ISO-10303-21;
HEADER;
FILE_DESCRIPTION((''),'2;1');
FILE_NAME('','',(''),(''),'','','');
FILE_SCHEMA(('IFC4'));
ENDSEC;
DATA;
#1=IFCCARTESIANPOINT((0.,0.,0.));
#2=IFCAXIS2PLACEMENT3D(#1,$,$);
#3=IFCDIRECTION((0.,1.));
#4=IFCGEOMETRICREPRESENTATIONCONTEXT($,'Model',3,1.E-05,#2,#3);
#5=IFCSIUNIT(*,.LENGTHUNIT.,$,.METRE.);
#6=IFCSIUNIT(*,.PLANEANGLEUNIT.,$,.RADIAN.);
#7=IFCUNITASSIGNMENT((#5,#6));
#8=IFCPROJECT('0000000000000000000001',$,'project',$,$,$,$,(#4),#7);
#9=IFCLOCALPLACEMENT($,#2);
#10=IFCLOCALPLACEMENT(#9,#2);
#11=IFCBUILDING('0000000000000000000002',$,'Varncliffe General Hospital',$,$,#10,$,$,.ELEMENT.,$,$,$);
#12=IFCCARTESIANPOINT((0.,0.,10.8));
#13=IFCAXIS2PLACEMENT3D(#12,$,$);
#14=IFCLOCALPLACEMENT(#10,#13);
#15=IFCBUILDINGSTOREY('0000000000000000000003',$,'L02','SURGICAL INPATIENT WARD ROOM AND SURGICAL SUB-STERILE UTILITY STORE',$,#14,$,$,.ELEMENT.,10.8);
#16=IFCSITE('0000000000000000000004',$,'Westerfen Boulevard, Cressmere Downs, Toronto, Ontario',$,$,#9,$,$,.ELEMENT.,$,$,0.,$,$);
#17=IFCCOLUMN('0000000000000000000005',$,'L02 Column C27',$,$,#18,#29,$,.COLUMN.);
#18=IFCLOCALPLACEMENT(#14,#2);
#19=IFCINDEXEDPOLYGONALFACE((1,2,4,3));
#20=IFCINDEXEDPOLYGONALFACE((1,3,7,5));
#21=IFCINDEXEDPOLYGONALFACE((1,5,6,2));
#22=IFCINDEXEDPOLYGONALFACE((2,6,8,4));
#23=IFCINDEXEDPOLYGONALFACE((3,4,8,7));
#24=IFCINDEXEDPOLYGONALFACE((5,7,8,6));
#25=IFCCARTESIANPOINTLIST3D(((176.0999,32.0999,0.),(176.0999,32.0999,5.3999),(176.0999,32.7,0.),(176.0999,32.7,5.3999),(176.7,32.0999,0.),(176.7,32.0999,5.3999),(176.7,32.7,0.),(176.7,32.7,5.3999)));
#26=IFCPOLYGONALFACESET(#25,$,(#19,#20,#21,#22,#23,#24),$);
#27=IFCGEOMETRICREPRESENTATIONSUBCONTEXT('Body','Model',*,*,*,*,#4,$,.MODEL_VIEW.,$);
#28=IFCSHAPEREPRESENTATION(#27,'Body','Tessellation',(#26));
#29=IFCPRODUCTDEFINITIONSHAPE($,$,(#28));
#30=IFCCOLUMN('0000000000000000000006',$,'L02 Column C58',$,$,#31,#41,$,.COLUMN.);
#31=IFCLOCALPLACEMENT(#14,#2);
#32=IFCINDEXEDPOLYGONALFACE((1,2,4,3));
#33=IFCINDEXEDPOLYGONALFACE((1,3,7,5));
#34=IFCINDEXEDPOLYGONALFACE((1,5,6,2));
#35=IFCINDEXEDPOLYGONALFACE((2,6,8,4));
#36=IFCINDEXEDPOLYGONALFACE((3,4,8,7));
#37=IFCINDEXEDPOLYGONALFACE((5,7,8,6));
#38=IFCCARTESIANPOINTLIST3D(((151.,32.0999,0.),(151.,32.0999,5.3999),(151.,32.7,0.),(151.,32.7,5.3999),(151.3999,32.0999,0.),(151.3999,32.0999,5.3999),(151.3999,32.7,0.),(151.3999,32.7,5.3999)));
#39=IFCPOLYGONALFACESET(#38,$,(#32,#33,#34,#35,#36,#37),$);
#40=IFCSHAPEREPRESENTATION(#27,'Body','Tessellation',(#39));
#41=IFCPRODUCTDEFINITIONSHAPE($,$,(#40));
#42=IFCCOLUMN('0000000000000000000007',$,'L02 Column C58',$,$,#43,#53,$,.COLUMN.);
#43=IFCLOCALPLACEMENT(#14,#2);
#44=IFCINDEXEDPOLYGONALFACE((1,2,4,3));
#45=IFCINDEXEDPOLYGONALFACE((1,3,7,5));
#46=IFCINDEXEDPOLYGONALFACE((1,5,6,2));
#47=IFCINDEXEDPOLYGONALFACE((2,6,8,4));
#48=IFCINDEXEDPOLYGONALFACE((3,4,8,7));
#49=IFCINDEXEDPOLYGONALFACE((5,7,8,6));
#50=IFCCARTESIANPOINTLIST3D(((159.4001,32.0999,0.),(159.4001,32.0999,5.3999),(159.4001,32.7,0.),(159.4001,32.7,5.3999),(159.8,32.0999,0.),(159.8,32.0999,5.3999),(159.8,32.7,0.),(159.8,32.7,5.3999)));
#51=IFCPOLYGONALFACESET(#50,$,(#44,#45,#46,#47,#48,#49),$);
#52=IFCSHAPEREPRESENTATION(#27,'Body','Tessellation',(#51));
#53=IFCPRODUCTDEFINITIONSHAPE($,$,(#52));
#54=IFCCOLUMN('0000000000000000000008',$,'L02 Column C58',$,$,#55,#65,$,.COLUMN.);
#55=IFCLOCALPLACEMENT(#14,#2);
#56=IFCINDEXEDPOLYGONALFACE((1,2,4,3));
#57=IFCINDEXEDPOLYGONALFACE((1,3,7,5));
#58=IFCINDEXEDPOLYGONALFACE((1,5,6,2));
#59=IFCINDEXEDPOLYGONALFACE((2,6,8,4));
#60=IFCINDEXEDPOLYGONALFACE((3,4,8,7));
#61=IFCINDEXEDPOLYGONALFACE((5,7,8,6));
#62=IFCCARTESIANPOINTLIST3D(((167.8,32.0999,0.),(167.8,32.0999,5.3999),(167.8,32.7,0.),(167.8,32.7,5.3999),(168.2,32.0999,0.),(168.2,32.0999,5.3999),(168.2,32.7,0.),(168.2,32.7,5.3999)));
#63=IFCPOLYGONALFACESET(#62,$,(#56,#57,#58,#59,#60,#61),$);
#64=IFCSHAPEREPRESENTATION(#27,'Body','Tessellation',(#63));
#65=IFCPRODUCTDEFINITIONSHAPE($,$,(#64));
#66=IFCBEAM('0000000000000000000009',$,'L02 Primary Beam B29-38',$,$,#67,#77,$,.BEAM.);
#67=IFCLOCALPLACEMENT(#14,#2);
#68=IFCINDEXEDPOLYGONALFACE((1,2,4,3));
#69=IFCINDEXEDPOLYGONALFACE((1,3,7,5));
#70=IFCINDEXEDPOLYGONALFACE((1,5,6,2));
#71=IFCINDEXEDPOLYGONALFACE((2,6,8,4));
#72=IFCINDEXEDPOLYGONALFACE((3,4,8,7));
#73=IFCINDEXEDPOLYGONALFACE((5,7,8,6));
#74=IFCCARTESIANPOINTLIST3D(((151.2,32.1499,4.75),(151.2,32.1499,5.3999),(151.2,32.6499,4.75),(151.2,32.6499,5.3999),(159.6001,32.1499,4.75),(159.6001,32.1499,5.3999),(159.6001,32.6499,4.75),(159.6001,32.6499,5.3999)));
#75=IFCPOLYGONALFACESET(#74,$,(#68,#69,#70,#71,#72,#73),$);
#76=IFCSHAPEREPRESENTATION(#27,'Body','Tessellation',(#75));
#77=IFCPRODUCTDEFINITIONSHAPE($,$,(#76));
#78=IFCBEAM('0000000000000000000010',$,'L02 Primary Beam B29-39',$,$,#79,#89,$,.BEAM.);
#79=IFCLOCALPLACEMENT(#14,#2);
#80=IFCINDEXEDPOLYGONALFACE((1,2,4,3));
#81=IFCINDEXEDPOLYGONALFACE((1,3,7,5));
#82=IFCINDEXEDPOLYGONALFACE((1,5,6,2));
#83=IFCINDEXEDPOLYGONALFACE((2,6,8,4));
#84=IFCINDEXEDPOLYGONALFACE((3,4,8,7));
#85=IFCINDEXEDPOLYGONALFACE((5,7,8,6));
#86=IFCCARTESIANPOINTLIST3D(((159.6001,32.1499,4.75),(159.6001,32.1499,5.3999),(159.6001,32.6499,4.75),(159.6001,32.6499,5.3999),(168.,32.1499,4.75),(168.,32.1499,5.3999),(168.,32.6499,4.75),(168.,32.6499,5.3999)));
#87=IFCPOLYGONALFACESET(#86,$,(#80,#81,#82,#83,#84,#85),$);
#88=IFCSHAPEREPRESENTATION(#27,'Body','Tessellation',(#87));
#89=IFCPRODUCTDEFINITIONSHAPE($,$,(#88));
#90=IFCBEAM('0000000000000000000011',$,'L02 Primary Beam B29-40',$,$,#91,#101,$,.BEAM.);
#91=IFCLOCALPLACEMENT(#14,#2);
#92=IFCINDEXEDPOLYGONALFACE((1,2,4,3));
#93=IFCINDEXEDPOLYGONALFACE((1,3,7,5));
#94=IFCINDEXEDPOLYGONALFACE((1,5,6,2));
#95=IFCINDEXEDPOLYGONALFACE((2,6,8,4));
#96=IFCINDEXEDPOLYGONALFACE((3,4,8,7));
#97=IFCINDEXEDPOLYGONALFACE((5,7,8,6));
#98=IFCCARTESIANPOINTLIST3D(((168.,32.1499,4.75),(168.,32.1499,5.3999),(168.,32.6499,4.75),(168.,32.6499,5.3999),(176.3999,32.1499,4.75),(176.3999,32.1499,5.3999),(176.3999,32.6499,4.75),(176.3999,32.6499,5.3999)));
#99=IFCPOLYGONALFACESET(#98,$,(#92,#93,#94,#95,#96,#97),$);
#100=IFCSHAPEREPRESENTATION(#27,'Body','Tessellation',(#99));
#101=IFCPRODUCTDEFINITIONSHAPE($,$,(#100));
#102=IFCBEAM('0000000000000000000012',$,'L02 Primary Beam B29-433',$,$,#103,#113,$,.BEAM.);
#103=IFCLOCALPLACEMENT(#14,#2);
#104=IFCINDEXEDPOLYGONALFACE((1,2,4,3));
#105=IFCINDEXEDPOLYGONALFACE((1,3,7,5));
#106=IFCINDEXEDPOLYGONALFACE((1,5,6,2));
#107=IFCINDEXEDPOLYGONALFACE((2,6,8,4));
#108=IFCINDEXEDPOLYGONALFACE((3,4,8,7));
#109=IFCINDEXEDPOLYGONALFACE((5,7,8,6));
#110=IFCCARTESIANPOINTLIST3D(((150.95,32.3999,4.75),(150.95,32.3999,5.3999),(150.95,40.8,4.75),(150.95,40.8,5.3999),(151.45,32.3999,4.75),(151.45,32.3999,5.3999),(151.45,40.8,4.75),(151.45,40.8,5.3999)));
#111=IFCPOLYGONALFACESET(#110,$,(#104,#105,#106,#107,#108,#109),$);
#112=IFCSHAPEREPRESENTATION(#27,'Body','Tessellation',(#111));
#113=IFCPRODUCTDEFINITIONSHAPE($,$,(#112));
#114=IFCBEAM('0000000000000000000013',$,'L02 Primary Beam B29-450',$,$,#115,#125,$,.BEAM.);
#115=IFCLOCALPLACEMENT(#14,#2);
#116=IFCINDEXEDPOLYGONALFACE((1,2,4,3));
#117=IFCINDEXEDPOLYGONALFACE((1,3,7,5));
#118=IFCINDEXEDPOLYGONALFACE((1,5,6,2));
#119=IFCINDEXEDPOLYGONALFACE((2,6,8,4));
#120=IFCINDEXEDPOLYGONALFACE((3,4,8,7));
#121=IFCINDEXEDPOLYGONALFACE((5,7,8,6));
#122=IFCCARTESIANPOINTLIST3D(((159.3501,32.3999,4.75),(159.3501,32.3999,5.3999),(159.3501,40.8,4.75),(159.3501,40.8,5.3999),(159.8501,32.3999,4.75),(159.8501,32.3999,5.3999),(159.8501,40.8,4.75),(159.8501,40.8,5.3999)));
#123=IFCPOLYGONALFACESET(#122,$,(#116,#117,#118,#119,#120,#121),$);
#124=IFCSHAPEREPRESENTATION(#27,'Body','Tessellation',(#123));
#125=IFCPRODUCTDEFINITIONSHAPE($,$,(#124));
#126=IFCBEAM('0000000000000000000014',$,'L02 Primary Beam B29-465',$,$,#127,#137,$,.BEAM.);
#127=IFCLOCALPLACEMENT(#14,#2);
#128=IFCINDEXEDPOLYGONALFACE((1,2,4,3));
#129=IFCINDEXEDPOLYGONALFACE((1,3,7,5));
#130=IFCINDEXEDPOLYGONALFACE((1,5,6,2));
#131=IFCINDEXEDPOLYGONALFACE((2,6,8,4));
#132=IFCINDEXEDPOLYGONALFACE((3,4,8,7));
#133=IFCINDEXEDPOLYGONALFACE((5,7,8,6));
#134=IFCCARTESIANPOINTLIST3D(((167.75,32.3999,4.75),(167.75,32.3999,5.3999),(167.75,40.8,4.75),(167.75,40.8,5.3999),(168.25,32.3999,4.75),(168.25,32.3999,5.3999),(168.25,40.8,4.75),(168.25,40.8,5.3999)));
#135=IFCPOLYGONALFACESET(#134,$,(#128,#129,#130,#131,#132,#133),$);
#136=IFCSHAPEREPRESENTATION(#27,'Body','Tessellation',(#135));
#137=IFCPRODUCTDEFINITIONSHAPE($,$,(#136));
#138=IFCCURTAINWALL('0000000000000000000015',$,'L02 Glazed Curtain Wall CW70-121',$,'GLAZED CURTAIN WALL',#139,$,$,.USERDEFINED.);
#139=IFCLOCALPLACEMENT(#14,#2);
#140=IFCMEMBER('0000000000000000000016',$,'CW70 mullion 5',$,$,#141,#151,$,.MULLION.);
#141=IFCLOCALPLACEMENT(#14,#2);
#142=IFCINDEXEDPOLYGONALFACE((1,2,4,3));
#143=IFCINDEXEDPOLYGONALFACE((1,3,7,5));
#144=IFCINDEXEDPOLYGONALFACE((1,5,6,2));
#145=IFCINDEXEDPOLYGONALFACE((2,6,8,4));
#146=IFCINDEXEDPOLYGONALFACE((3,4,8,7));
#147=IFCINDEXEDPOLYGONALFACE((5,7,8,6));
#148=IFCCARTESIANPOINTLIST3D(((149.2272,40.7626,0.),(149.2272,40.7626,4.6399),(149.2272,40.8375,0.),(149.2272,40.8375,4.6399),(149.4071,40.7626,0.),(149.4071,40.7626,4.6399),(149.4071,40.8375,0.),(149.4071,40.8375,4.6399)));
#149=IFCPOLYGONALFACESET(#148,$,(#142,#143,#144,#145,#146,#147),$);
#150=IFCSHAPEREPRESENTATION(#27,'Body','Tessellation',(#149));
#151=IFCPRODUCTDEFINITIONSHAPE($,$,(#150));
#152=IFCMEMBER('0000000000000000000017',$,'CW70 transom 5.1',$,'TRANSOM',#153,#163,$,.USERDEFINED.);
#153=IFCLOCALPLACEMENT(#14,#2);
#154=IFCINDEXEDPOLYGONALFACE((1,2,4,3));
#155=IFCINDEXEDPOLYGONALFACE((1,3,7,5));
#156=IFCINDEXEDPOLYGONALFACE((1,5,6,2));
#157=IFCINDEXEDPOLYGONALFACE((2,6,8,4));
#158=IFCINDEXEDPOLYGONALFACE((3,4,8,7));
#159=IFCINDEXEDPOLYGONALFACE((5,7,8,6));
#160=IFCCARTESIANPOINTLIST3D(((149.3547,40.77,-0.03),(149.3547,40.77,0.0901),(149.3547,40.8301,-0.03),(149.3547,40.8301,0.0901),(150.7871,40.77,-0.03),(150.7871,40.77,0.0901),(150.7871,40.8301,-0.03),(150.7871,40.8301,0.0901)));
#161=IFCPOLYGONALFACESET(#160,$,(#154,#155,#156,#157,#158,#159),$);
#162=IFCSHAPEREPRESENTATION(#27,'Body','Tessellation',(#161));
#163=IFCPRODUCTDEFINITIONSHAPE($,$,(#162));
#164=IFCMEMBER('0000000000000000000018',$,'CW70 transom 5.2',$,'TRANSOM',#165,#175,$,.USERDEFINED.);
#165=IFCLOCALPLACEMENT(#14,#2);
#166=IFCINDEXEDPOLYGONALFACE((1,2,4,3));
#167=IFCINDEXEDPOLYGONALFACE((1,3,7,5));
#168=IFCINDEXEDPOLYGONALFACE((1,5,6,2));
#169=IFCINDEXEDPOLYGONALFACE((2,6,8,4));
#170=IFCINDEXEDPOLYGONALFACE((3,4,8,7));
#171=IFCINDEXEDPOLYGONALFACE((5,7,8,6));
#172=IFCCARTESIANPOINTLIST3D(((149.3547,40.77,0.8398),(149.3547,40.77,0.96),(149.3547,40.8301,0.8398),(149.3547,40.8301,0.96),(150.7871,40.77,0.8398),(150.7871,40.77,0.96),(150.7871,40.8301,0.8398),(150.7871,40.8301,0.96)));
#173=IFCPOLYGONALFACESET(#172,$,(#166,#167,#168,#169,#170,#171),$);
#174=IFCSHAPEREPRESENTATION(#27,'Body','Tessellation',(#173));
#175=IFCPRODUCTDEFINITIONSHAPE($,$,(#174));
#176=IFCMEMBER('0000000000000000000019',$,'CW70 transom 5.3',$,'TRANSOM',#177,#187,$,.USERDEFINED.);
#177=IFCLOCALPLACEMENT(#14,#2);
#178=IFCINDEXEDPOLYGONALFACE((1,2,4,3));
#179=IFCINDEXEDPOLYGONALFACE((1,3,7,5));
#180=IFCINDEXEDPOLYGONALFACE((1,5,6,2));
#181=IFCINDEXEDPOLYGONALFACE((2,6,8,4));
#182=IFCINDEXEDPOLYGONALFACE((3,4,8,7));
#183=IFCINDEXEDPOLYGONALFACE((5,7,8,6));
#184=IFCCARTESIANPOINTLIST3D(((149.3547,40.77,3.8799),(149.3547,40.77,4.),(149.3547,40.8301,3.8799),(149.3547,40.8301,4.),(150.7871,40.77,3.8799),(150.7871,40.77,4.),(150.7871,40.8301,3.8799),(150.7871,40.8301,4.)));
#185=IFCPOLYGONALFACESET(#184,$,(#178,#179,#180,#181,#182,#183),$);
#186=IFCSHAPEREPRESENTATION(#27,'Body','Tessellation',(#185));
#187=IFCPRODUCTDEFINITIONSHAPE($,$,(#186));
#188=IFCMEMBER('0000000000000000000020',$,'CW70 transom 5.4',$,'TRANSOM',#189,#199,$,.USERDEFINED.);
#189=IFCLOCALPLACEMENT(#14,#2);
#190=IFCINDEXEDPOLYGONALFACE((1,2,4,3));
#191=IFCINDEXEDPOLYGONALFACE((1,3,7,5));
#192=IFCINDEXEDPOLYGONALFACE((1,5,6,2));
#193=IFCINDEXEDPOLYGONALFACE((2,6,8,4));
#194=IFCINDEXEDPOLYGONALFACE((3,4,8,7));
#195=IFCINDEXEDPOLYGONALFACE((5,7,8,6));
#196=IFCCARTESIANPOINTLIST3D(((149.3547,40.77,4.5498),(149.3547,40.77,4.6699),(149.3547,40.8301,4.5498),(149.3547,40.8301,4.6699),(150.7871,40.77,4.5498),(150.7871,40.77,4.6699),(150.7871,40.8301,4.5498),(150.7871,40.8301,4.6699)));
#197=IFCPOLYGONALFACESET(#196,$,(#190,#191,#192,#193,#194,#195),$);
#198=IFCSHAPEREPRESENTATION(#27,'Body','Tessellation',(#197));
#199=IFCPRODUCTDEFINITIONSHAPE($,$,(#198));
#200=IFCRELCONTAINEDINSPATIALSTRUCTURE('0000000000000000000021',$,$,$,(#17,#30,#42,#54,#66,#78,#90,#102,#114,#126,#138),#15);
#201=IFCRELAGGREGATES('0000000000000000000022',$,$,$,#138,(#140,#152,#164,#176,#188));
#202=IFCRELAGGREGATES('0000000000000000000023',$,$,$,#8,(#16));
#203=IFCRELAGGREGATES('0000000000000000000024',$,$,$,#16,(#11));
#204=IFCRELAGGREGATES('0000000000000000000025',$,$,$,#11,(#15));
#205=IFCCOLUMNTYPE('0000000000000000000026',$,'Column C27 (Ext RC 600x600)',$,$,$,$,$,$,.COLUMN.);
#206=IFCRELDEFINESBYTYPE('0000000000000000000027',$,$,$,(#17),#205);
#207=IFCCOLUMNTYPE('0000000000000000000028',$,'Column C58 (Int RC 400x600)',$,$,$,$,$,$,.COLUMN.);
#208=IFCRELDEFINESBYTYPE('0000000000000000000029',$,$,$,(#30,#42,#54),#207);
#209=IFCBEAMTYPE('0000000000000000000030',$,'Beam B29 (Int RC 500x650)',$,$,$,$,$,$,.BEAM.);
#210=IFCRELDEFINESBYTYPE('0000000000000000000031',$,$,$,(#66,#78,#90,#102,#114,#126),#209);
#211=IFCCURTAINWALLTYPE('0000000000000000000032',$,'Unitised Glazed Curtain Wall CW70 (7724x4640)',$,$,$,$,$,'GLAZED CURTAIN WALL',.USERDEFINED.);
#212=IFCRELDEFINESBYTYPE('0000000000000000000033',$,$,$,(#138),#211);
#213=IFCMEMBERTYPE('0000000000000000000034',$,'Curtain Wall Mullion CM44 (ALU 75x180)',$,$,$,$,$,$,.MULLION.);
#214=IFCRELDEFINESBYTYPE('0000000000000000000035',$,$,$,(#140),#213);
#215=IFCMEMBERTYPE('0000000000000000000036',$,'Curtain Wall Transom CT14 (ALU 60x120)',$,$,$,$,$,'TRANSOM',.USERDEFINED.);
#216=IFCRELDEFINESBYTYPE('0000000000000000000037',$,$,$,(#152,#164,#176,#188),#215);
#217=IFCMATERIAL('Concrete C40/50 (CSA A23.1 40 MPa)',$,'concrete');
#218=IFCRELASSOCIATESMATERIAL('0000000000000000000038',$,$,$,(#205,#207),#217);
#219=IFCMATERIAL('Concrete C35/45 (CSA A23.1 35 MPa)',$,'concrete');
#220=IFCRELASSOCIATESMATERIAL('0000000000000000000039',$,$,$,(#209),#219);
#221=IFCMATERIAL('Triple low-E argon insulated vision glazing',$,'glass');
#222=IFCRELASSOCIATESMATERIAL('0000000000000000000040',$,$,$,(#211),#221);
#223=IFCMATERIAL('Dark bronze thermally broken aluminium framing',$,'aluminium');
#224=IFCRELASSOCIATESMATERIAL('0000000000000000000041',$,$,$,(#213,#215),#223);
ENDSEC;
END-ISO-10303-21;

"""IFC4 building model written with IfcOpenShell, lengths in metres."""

from ifc_helpers import new_model, si_unit, direction, frame, origin, origin_2d, place, context, subcontext, project, spatial, rectangle, extrude, material, material_profile, profile_set, type_object, element, aggregate, save


model = new_model("IFC4")

# Units and contexts
model_context = context("Model", 3, precision=1e-05, world=origin(), true_north=direction((0.0, 1.0)))
body_context = subcontext(model_context, "Body", "Model", "MODEL_VIEW")
ifc_project = project(units=[si_unit("LENGTHUNIT", "METRE"), si_unit("PLANEANGLEUNIT", "RADIAN")], contexts=[model_context])

# Site, building, storey
site_placement = place(None, origin())
site = spatial("IfcSite", under=ifc_project, at=site_placement, Name="Westerfen Boulevard, Cressmere Downs, Toronto, Ontario", CompositionType="ELEMENT", RefElevation=0.0)
building_placement = place(site_placement, origin())
building = spatial("IfcBuilding", under=site, at=building_placement, Name="Varncliffe General Hospital", CompositionType="ELEMENT")
storey_placement = place(building_placement, frame((0.0, 0.0, 10.8)))
storey = spatial("IfcBuildingStorey", under=building, at=storey_placement, Name="L02", Description="SURGICAL INPATIENT WARD ROOM AND SURGICAL SUB-STERILE UTILITY STORE", CompositionType="ELEMENT", Elevation=10.8)

# Columns
ifc_material_1 = material(Name="Concrete C40/50 (CSA A23.1 40 MPa)", Category="concrete")
ifc_material_profile_1 = material_profile(ifc_material_1, rectangle(XDim=0.6001, YDim=0.6001, at=origin_2d()), Name="RC 600x600")
ifc_profile_set_1 = profile_set([ifc_material_profile_1], Name="Concrete C40/50 (CSA A23.1 40 MPa)")
column_type_1 = type_object("IfcColumnType", Name="Column C27 (Ext RC 600x600)", PredefinedType="COLUMN", material=ifc_profile_set_1)
column_placement = place(storey_placement, frame((176.3999, 32.3999, 0.0), z_axis=(0.0, 0.0, 1.0), x_axis=(1.0, 0.0, 0.0)))
element("IfcColumn", 1, at=column_placement, inside=storey, type_object=column_type_1, Name="L02 Column C27", PredefinedType="COLUMN", context=body_context, shape_type="SweptSolid", body=[
    extrude(rectangle(XDim=0.6001, YDim=0.6001, at=origin_2d()), origin(), (0.0, 0.0, 1.0), 5.3999),
])
ifc_material_profile_2 = material_profile(ifc_material_1, rectangle(XDim=0.3999, YDim=0.6001, at=origin_2d()), Name="RC 400x600")
ifc_profile_set_2 = profile_set([ifc_material_profile_2], Name="Concrete C40/50 (CSA A23.1 40 MPa)")
column_type_2 = type_object("IfcColumnType", Name="Column C58 (Int RC 400x600)", PredefinedType="COLUMN", material=ifc_profile_set_2)
for number, where, z_axis, x_axis, name in (
    (2, (151.2, 32.3999, 0.0), (0.0, 0.0, 1.0), (1.0, 0.0, 0.0), "L02 Column C58"),
    (3, (159.6001, 32.3999, 0.0), (0.0, 0.0, 1.0), (1.0, 0.0, 0.0), "L02 Column C58"),
    (4, (168.0, 32.3999, 0.0), (0.0, 0.0, 1.0), (1.0, 0.0, 0.0), "L02 Column C58"),
):
    element("IfcColumn", number, at=place(storey_placement, frame(where, z_axis=z_axis, x_axis=x_axis)), inside=storey, type_object=column_type_2, Name=name, PredefinedType="COLUMN", context=body_context, shape_type="SweptSolid", body=[
        extrude(rectangle(XDim=0.3999, YDim=0.6001, at=origin_2d()), origin(), (0.0, 0.0, 1.0), 5.3999),
    ])

# Beams
ifc_material_2 = material(Name="Concrete C35/45 (CSA A23.1 35 MPa)", Category="concrete")
ifc_material_profile_3 = material_profile(ifc_material_2, rectangle(XDim=0.5, YDim=0.6499, at=origin_2d()), Name="RC 500x650")
ifc_profile_set_3 = profile_set([ifc_material_profile_3], Name="Concrete C35/45 (CSA A23.1 35 MPa)")
beam_type_1 = type_object("IfcBeamType", Name="Beam B29 (Int RC 500x650)", PredefinedType="BEAM", material=ifc_profile_set_3)
beam_1_placement = place(storey_placement, frame((151.2, 32.3999, 5.075), z_axis=(1.0, 0.0, 0.0), x_axis=(0.0, 1.0, 0.0)))
element("IfcBeam", 5, at=beam_1_placement, inside=storey, type_object=beam_type_1, Name="L02 Primary Beam B29-38", PredefinedType="BEAM", context=body_context, shape_type="SweptSolid", body=[
    extrude(rectangle(XDim=0.5, YDim=0.6499, at=origin_2d()), origin(), (0.0, 0.0, 1.0), 8.4001),
])
for number, where, z_axis, x_axis, name in (
    (6, (159.6001, 32.3999, 5.075), (1.0, 0.0, 0.0), (0.0, 1.0, 0.0), "L02 Primary Beam B29-39"),
    (7, (168.0, 32.3999, 5.075), (1.0, 0.0, 0.0), (0.0, 1.0, 0.0), "L02 Primary Beam B29-40"),
):
    element("IfcBeam", number, at=place(storey_placement, frame(where, z_axis=z_axis, x_axis=x_axis)), inside=storey, type_object=beam_type_1, Name=name, PredefinedType="BEAM", context=body_context, shape_type="SweptSolid", body=[
        extrude(rectangle(XDim=0.5, YDim=0.6499, at=origin_2d()), origin(), (0.0, 0.0, 1.0), 8.3999),
    ])
for number, where, z_axis, x_axis, name in (
    (8, (151.2, 32.3999, 5.075), (0.0, 1.0, 0.0), (-1.0, 0.0, 0.0), "L02 Primary Beam B29-433"),
    (9, (159.6001, 32.3999, 5.075), (0.0, 1.0, 0.0), (-1.0, 0.0, 0.0), "L02 Primary Beam B29-450"),
    (10, (168.0, 32.3999, 5.075), (0.0, 1.0, 0.0), (-1.0, 0.0, 0.0), "L02 Primary Beam B29-465"),
):
    element("IfcBeam", number, at=place(storey_placement, frame(where, z_axis=z_axis, x_axis=x_axis)), inside=storey, type_object=beam_type_1, Name=name, PredefinedType="BEAM", context=body_context, shape_type="SweptSolid", body=[
        extrude(rectangle(XDim=0.5, YDim=0.6499, at=origin_2d()), origin(), (0.0, 0.0, 1.0), 8.4001),
    ])

# Curtain wall, members
ifc_material_3 = material(Name="Triple low-E argon insulated vision glazing", Category="glass")
curtain_wall_type = type_object("IfcCurtainWallType", Name="Unitised Glazed Curtain Wall CW70 (7724x4640)", ElementType="GLAZED CURTAIN WALL", PredefinedType="USERDEFINED", material=ifc_material_3)
curtain_wall_placement = place(storey_placement, origin())
curtain_wall = element("IfcCurtainWall", 11, at=curtain_wall_placement, inside=storey, type_object=curtain_wall_type, Name="L02 Glazed Curtain Wall CW70-121", ObjectType="GLAZED CURTAIN WALL", PredefinedType="USERDEFINED")
ifc_material_4 = material(Name="Dark bronze thermally broken aluminium framing", Category="aluminium")
ifc_material_profile_4 = material_profile(ifc_material_4, rectangle(XDim=0.075, YDim=0.1799, at=origin_2d()), Name="ALU 75x180")
ifc_profile_set_4 = profile_set([ifc_material_profile_4], Name="Dark bronze thermally broken aluminium framing")
member_type_1 = type_object("IfcMemberType", Name="Curtain Wall Mullion CM44 (ALU 75x180)", PredefinedType="MULLION", material=ifc_profile_set_4)
member_1_placement = place(storey_placement, frame((149.3171, 40.8, 0.0), z_axis=(0.0, 0.0, 1.0), x_axis=(0.0, 1.0, 0.0)))
member_1 = element("IfcMember", 12, at=member_1_placement, type_object=member_type_1, Name="CW70 mullion 5", PredefinedType="MULLION", context=body_context, shape_type="SweptSolid", body=[
    extrude(rectangle(XDim=0.075, YDim=0.1799, at=origin_2d()), origin(), (0.0, 0.0, 1.0), 4.6399),
])
ifc_material_profile_5 = material_profile(ifc_material_4, rectangle(XDim=0.0601, YDim=0.1201, at=origin_2d()), Name="ALU 60x120")
ifc_profile_set_5 = profile_set([ifc_material_profile_5], Name="Dark bronze thermally broken aluminium framing")
member_type_2 = type_object("IfcMemberType", Name="Curtain Wall Transom CT14 (ALU 60x120)", ElementType="TRANSOM", PredefinedType="USERDEFINED", material=ifc_profile_set_5)
member_2_placement = place(storey_placement, frame((149.3547, 40.8, 0.03), z_axis=(1.0, 0.0, 0.0), x_axis=(0.0, 1.0, 0.0)))
member_2 = element("IfcMember", 13, at=member_2_placement, type_object=member_type_2, Name="CW70 transom 5.1", ObjectType="TRANSOM", PredefinedType="USERDEFINED", context=body_context, shape_type="SweptSolid", body=[
    extrude(rectangle(XDim=0.0601, YDim=0.1201, at=origin_2d()), origin(), (0.0, 0.0, 1.0), 1.4324),
])
member_3_placement = place(storey_placement, frame((149.3547, 40.8, 0.8999), z_axis=(1.0, 0.0, 0.0), x_axis=(0.0, 1.0, 0.0)))
member_3 = element("IfcMember", 14, at=member_3_placement, type_object=member_type_2, Name="CW70 transom 5.2", ObjectType="TRANSOM", PredefinedType="USERDEFINED", context=body_context, shape_type="SweptSolid", body=[
    extrude(rectangle(XDim=0.0601, YDim=0.1201, at=origin_2d()), origin(), (0.0, 0.0, 1.0), 1.4324),
])
member_4_placement = place(storey_placement, frame((149.3547, 40.8, 3.9399), z_axis=(1.0, 0.0, 0.0), x_axis=(0.0, 1.0, 0.0)))
member_4 = element("IfcMember", 15, at=member_4_placement, type_object=member_type_2, Name="CW70 transom 5.3", ObjectType="TRANSOM", PredefinedType="USERDEFINED", context=body_context, shape_type="SweptSolid", body=[
    extrude(rectangle(XDim=0.0601, YDim=0.1201, at=origin_2d()), origin(), (0.0, 0.0, 1.0), 1.4324),
])
member_5_placement = place(storey_placement, frame((149.3547, 40.8, 4.6099), z_axis=(1.0, 0.0, 0.0), x_axis=(0.0, 1.0, 0.0)))
member_5 = element("IfcMember", 16, at=member_5_placement, type_object=member_type_2, Name="CW70 transom 5.4", ObjectType="TRANSOM", PredefinedType="USERDEFINED", context=body_context, shape_type="SweptSolid", body=[
    extrude(rectangle(XDim=0.0601, YDim=0.1201, at=origin_2d()), origin(), (0.0, 0.0, 1.0), 1.4324),
])

aggregate(curtain_wall, [member_1, member_2, member_3, member_4, member_5])

save(model, "model.ifc")
